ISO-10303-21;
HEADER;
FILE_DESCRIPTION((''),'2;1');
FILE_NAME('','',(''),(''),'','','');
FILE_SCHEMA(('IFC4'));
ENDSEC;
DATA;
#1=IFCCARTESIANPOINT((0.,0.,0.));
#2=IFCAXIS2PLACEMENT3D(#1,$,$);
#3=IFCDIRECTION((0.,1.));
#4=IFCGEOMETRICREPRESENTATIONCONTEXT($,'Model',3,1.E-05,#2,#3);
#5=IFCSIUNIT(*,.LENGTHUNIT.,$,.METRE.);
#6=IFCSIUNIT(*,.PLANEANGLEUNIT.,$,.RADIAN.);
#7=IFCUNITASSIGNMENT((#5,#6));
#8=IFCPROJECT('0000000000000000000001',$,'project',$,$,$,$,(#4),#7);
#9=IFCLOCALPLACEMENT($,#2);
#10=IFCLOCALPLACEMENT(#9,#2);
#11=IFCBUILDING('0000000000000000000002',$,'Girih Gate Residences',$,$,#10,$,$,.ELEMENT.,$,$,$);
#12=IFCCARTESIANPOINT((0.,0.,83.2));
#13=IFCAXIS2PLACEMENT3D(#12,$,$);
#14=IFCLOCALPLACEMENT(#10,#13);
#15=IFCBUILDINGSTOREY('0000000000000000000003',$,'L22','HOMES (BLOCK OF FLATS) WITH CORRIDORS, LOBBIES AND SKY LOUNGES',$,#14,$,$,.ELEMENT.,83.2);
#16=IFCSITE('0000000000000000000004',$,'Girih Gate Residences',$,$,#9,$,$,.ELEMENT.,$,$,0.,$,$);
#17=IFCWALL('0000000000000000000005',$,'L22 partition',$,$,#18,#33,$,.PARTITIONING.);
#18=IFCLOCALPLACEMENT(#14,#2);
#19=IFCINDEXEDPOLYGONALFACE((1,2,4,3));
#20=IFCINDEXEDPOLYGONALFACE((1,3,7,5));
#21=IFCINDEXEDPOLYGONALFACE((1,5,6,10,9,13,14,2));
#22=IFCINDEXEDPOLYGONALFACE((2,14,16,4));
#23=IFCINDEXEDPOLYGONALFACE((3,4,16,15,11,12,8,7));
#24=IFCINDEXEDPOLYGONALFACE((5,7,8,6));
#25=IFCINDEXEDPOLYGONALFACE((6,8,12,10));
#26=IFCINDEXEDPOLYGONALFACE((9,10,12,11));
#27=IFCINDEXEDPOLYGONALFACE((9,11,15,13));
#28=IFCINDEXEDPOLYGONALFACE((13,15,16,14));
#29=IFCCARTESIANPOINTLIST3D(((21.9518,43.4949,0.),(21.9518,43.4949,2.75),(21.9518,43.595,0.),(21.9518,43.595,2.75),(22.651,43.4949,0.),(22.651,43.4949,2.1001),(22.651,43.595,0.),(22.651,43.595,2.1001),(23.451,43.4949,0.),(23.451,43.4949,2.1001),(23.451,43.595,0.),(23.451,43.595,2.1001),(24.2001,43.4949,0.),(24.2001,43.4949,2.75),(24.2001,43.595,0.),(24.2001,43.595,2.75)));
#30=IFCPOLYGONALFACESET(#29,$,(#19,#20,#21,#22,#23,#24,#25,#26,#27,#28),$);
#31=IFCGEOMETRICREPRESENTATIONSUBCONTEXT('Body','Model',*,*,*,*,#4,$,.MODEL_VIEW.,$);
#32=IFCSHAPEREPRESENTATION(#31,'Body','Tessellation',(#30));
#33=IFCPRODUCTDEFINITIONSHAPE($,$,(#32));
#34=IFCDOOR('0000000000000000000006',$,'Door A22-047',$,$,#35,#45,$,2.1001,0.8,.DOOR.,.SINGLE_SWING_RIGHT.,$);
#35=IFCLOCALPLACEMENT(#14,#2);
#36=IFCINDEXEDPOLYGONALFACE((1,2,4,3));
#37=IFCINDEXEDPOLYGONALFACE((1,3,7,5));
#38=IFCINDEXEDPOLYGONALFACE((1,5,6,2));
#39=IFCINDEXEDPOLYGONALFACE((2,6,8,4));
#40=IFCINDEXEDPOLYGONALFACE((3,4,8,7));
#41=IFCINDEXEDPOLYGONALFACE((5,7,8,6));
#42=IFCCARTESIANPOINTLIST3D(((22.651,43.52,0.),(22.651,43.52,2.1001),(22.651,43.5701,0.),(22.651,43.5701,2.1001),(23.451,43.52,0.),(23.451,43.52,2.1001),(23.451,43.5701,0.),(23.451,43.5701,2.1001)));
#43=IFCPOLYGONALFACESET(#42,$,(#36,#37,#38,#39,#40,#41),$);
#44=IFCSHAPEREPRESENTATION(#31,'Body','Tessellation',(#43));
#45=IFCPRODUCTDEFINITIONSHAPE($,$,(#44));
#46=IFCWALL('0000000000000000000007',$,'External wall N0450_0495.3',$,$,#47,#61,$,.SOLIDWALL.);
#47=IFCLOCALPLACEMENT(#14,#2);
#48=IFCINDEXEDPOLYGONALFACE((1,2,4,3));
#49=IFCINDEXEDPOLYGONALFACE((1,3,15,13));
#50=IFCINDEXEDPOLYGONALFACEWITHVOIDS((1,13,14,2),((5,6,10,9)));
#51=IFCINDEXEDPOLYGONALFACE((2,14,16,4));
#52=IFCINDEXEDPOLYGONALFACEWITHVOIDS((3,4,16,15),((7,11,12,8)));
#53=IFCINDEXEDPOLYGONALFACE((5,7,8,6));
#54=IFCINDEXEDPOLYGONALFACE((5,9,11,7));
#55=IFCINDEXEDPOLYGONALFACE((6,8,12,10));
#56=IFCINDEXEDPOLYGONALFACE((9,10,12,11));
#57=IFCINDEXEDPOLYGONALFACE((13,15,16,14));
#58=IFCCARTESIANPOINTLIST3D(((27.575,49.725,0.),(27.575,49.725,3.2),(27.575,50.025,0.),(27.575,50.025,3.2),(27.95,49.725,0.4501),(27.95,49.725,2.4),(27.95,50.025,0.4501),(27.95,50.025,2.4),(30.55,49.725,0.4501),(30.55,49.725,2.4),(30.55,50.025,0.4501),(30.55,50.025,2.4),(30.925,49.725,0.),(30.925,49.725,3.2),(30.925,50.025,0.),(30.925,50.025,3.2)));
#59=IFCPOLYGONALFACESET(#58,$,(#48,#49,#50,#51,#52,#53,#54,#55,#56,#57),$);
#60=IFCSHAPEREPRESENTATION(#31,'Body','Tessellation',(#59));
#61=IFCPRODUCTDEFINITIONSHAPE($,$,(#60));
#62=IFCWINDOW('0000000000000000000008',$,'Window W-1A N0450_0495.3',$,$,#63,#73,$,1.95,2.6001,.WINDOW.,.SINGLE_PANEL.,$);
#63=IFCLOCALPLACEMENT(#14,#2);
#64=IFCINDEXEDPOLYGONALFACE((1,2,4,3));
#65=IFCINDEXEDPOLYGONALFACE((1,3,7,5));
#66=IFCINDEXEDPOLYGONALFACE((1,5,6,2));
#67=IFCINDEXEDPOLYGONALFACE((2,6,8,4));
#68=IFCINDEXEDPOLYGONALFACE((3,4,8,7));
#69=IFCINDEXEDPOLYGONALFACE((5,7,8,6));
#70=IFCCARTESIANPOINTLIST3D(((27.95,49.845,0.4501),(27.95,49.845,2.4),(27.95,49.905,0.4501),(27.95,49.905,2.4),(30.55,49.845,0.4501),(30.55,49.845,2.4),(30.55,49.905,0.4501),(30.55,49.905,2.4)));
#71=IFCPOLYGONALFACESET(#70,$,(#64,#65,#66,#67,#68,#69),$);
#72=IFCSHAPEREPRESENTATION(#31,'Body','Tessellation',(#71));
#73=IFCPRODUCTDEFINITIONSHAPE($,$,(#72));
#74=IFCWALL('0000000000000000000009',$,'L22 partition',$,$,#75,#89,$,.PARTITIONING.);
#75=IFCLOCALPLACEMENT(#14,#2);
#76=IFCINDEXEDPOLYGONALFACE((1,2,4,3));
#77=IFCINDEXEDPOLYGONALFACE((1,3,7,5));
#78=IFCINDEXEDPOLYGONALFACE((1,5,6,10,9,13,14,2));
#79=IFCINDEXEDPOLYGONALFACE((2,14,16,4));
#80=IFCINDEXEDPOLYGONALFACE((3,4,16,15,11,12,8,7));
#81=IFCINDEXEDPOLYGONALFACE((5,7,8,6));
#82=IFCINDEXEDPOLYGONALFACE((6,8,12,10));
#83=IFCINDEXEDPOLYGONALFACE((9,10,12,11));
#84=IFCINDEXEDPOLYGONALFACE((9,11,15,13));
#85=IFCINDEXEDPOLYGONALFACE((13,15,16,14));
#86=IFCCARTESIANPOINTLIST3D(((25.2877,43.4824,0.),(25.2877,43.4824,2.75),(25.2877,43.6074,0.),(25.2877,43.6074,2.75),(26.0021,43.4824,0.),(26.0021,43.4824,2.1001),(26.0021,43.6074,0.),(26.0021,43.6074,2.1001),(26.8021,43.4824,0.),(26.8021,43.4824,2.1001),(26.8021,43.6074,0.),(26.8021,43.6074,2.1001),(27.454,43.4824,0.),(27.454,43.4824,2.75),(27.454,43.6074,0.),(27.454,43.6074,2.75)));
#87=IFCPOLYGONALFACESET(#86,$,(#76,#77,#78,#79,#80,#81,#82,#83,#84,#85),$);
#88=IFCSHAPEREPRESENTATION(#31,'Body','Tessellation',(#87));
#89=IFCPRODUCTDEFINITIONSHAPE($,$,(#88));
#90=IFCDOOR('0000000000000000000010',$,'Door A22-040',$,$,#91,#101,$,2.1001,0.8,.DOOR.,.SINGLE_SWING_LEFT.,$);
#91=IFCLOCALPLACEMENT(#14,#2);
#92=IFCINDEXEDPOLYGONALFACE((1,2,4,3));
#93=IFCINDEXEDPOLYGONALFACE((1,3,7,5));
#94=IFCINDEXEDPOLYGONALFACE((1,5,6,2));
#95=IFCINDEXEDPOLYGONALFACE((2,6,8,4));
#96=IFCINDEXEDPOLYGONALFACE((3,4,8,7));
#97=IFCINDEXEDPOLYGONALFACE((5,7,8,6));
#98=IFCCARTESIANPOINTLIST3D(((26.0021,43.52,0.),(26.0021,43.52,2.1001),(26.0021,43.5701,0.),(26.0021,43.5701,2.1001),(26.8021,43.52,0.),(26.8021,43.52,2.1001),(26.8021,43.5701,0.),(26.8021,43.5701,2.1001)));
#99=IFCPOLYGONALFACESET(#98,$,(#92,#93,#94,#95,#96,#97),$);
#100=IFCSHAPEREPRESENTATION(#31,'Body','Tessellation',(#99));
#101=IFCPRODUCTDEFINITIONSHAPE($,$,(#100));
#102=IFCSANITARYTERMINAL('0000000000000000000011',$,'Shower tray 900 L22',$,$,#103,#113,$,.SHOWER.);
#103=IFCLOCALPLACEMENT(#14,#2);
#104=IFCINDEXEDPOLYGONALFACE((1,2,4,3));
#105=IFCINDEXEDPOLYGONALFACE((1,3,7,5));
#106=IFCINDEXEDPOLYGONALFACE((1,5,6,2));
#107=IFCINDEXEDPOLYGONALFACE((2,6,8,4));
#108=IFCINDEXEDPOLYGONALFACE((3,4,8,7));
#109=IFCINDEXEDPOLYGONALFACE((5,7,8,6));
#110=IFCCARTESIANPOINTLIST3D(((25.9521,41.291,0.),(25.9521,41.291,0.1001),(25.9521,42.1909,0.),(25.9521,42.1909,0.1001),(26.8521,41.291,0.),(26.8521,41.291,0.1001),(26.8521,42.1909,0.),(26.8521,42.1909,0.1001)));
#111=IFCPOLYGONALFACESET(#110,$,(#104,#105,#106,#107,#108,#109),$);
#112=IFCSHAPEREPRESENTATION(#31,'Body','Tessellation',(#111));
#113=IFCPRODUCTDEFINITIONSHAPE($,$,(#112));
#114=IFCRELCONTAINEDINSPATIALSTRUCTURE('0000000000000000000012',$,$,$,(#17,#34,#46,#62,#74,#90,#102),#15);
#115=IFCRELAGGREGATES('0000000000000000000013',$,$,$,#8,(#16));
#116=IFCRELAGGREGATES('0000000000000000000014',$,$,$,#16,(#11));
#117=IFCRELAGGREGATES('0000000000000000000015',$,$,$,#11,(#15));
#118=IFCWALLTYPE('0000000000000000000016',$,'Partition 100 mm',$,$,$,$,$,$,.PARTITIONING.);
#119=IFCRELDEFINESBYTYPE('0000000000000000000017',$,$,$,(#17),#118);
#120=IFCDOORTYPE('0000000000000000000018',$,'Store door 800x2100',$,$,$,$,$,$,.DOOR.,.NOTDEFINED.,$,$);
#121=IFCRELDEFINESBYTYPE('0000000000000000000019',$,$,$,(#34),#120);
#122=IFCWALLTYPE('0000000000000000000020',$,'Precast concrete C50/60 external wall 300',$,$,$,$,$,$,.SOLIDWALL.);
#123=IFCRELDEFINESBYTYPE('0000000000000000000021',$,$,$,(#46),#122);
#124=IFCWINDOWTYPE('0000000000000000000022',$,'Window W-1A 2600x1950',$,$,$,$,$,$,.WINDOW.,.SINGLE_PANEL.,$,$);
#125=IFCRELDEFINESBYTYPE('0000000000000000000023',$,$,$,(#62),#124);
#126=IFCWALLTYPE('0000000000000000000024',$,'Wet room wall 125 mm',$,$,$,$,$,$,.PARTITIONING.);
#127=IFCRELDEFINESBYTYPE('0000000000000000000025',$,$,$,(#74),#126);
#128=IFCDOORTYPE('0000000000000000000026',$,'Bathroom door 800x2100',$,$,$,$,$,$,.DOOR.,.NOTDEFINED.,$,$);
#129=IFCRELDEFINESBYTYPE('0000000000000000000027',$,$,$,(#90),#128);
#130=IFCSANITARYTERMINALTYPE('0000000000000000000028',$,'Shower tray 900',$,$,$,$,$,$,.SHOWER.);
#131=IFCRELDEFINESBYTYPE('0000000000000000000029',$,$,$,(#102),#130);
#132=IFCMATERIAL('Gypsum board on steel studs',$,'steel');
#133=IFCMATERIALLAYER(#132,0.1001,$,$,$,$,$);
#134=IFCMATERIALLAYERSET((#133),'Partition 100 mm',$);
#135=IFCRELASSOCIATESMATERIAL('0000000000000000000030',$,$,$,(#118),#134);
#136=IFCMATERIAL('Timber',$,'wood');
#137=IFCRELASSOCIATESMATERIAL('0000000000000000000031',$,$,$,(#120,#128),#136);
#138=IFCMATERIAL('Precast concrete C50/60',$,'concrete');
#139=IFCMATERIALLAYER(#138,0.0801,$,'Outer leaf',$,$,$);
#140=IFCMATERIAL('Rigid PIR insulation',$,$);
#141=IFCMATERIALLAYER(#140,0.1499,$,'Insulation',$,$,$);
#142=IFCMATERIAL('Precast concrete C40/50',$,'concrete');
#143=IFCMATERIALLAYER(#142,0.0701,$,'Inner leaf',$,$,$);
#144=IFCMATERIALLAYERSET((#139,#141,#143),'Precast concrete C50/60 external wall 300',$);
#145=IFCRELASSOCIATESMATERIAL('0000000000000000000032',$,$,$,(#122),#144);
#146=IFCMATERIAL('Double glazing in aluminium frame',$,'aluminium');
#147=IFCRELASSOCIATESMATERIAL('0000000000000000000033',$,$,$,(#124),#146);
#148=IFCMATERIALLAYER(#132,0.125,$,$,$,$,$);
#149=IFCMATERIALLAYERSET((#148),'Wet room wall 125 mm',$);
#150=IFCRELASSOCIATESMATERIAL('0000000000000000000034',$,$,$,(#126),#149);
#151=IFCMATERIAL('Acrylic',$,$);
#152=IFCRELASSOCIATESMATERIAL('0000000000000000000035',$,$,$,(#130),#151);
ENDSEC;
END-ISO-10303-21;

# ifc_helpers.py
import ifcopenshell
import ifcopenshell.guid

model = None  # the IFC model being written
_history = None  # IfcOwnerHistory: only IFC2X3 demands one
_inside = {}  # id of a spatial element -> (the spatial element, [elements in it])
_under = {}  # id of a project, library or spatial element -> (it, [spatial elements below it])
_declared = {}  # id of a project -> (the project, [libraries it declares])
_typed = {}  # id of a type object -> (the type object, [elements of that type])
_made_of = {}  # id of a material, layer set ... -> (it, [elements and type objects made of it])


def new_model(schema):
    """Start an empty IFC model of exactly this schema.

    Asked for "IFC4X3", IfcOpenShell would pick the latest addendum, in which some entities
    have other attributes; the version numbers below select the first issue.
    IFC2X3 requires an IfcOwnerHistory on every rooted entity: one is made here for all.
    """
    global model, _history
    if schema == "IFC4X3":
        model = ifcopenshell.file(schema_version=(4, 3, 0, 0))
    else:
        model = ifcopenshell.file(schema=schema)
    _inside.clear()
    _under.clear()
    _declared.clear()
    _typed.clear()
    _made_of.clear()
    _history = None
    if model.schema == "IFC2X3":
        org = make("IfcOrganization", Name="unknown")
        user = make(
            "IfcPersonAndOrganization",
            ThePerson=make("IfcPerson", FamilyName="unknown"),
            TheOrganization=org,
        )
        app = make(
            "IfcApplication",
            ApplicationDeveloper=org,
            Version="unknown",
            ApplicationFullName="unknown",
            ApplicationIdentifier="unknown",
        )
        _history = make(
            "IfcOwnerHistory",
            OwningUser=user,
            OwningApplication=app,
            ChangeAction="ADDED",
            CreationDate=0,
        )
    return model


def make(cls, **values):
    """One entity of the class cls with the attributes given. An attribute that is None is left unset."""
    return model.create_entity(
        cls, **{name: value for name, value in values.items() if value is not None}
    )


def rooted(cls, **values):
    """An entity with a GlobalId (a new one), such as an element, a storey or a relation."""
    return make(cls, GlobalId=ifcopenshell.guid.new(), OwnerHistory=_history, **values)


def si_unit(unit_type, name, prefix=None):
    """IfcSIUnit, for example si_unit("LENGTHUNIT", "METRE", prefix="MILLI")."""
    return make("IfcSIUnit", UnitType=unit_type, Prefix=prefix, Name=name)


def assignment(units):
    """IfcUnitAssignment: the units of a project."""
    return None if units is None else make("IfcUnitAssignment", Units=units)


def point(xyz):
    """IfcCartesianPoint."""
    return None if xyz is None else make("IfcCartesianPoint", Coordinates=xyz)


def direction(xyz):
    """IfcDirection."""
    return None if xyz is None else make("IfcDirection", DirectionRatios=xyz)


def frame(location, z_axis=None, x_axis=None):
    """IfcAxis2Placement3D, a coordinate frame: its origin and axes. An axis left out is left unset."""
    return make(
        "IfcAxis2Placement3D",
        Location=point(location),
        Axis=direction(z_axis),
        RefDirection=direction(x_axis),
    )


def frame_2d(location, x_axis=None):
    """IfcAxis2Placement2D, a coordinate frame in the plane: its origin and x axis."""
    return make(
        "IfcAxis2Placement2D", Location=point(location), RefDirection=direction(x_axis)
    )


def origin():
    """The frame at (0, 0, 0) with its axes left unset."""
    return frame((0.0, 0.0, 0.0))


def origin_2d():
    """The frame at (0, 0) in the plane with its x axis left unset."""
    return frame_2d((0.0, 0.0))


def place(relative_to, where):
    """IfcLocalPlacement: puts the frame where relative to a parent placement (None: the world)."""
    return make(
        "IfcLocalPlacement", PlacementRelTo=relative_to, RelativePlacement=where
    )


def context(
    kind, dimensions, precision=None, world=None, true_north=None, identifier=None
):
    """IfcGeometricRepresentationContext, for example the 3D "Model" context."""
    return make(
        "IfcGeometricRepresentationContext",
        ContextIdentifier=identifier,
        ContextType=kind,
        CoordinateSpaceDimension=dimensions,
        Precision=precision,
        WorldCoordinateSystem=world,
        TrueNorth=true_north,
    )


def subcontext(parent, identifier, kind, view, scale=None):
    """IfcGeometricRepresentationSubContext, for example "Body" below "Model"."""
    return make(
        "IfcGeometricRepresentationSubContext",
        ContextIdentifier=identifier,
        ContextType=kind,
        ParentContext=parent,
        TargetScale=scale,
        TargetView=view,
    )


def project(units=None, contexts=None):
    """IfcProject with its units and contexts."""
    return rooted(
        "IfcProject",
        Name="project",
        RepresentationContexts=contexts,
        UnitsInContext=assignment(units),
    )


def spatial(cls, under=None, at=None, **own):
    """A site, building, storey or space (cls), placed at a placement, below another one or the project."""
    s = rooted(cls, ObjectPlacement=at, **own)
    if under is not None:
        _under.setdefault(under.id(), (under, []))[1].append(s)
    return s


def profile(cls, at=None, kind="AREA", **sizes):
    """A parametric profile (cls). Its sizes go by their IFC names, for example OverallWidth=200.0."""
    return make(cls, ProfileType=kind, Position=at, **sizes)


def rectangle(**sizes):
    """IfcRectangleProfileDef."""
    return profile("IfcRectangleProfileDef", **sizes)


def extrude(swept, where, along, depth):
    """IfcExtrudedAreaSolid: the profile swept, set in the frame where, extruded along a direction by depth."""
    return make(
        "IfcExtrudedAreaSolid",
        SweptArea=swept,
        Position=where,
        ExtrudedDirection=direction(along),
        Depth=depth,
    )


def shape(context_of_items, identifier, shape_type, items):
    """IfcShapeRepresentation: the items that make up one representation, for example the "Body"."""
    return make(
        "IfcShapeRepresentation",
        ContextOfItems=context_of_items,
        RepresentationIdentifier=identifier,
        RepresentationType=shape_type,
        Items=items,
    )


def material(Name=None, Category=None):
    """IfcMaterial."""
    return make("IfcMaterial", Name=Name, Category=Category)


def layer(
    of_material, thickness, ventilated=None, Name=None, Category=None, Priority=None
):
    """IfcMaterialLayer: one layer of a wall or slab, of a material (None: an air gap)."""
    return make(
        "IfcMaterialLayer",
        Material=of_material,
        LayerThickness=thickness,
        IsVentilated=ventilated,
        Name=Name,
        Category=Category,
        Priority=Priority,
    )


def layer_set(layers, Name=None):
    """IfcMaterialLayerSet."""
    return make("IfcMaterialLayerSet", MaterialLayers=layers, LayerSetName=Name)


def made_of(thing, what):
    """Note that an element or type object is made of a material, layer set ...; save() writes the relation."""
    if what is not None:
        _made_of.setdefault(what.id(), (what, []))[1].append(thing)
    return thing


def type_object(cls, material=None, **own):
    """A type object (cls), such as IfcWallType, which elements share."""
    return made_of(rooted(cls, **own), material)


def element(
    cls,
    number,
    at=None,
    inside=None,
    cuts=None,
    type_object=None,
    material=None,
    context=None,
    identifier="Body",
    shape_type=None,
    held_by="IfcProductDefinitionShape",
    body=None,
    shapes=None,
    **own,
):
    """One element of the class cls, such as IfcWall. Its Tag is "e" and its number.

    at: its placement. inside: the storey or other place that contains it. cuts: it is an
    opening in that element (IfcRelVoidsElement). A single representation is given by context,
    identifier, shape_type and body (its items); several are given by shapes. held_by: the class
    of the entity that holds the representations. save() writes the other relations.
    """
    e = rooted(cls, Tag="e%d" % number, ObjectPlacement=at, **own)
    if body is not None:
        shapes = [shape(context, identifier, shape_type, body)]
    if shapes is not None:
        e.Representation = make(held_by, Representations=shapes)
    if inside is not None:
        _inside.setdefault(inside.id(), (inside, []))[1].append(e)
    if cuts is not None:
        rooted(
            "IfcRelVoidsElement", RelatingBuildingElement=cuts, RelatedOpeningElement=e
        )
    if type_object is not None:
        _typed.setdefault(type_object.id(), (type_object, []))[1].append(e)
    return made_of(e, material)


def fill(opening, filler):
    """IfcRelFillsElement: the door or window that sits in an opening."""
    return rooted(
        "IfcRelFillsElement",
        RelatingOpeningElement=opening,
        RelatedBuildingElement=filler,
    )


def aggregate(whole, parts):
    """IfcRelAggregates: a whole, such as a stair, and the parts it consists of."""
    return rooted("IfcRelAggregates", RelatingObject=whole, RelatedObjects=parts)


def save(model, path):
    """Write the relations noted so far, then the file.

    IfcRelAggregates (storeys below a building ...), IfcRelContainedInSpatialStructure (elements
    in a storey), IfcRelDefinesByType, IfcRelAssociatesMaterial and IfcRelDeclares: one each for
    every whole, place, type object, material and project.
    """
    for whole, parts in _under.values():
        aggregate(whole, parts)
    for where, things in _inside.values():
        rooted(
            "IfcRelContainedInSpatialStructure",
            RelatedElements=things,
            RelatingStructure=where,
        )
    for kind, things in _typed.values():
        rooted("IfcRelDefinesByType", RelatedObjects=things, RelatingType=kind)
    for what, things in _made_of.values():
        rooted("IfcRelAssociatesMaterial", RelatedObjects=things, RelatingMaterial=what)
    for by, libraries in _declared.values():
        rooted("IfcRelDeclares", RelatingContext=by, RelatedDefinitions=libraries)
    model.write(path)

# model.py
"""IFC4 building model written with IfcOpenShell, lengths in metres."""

from ifc_helpers import new_model, si_unit, direction, frame, frame_2d, origin, origin_2d, place, context, subcontext, project, spatial, rectangle, extrude, material, layer, layer_set, type_object, element, fill, save


model = new_model("IFC4")

# Units and contexts
model_context = context("Model", 3, precision=1e-05, world=origin(), true_north=direction((0.0, 1.0)))
body_context = subcontext(model_context, "Body", "Model", "MODEL_VIEW")
ifc_project = project(units=[si_unit("LENGTHUNIT", "METRE"), si_unit("PLANEANGLEUNIT", "RADIAN")], contexts=[model_context])

# Site, building, storey
site_placement = place(None, origin())
site = spatial("IfcSite", under=ifc_project, at=site_placement, Name="Girih Gate Residences", CompositionType="ELEMENT", RefElevation=0.0)
building_placement = place(site_placement, origin())
building = spatial("IfcBuilding", under=site, at=building_placement, Name="Girih Gate Residences", CompositionType="ELEMENT")
storey_placement = place(building_placement, frame((0.0, 0.0, 83.2)))
storey = spatial("IfcBuildingStorey", under=building, at=storey_placement, Name="L22", Description="HOMES (BLOCK OF FLATS) WITH CORRIDORS, LOBBIES AND SKY LOUNGES", CompositionType="ELEMENT", Elevation=83.2)

# Shared definitions
ifc_material_1 = material(Name="Gypsum board on steel studs", Category="steel")
ifc_layer_1 = layer(ifc_material_1, 0.1001)
ifc_layer_set_1 = layer_set([ifc_layer_1], Name="Partition 100 mm")
wall_type_1 = type_object("IfcWallType", Name="Partition 100 mm", PredefinedType="PARTITIONING", material=ifc_layer_set_1)

# Wall, opening, door
ifc_material_2 = material(Name="Timber", Category="wood")
door_type_1 = type_object("IfcDoorType", Name="Store door 800x2100", OperationType="NOTDEFINED", PredefinedType="DOOR", material=ifc_material_2)
wall_1_placement = place(storey_placement, frame((24.2, 43.5449, 0.0), z_axis=(0.0, 0.0, 1.0), x_axis=(-1.0, 0.0, 0.0)))
wall_1 = element("IfcWall", 1, at=wall_1_placement, inside=storey, type_object=wall_type_1, Name="L22 partition", PredefinedType="PARTITIONING", context=body_context, shape_type="SweptSolid", body=[
    extrude(rectangle(XDim=2.2483, YDim=0.1001, at=frame_2d((1.124, 0.0))), origin(), (0.0, 0.0, 1.0), 2.75),
])
opening_1_placement = place(wall_1_placement, frame((0.749, 0.0, 0.0)))
opening_1 = element("IfcOpeningElement", 2, at=opening_1_placement, cuts=wall_1, PredefinedType="OPENING", context=body_context, shape_type="SweptSolid", body=[
    extrude(rectangle(XDim=0.8, YDim=2.1001, at=frame_2d((0.3999, 1.05))), frame((0.0, 0.0601, 0.0), z_axis=(0.0, -1.0, 0.0), x_axis=(1.0, 0.0, 0.0)), (0.0, 0.0, 1.0), 0.1201),
])
door_1_placement = place(opening_1_placement, origin())
door_1 = element("IfcDoor", 3, at=door_1_placement, inside=storey, type_object=door_type_1, Name="Door A22-047", OperationType="SINGLE_SWING_RIGHT", OverallHeight=2.1001, OverallWidth=0.8, PredefinedType="DOOR", context=body_context, shape_type="SweptSolid", body=[
    extrude(rectangle(XDim=0.8, YDim=2.1001, at=frame_2d((0.3999, 1.05))), frame((0.0, 0.0249, 0.0), z_axis=(0.0, -1.0, 0.0), x_axis=(1.0, 0.0, 0.0)), (0.0, 0.0, 1.0), 0.05),
])
fill(opening_1, door_1)

# Wall, opening, window
ifc_material_3 = material(Name="Precast concrete C50/60", Category="concrete")
ifc_layer_2 = layer(ifc_material_3, 0.0801, Name="Outer leaf")
ifc_material_4 = material(Name="Rigid PIR insulation")
ifc_layer_3 = layer(ifc_material_4, 0.1499, Name="Insulation")
ifc_material_5 = material(Name="Precast concrete C40/50", Category="concrete")
ifc_layer_4 = layer(ifc_material_5, 0.0701, Name="Inner leaf")
ifc_layer_set_2 = layer_set([ifc_layer_2, ifc_layer_3, ifc_layer_4], Name="Precast concrete C50/60 external wall 300")
wall_type_2 = type_object("IfcWallType", Name="Precast concrete C50/60 external wall 300", PredefinedType="SOLIDWALL", material=ifc_layer_set_2)
wall_2_placement = place(storey_placement, frame((27.575, 49.875, 0.0), z_axis=(0.0, 0.0, 1.0), x_axis=(1.0, 0.0, 0.0)))
wall_2 = element("IfcWall", 4, at=wall_2_placement, inside=storey, type_object=wall_type_2, Name="External wall N0450_0495.3", PredefinedType="SOLIDWALL", context=body_context, shape_type="SweptSolid", body=[
    extrude(rectangle(XDim=3.3501, YDim=0.3, at=frame_2d((1.675, 0.0))), origin(), (0.0, 0.0, 1.0), 3.2),
])
opening_2_placement = place(wall_2_placement, frame((0.375, 0.0, 0.45)))
opening_2 = element("IfcOpeningElement", 5, at=opening_2_placement, cuts=wall_2, PredefinedType="OPENING", context=body_context, shape_type="SweptSolid", body=[
    extrude(rectangle(XDim=2.6001, YDim=1.95, at=frame_2d((1.3, 0.9751))), frame((0.0, 0.1599, 0.0), z_axis=(0.0, -1.0, 0.0), x_axis=(1.0, 0.0, 0.0)), (0.0, 0.0, 1.0), 0.3201),
])
ifc_material_6 = material(Name="Double glazing in aluminium frame", Category="aluminium")
window_type = type_object("IfcWindowType", Name="Window W-1A 2600x1950", PartitioningType="SINGLE_PANEL", PredefinedType="WINDOW", material=ifc_material_6)
window_placement = place(opening_2_placement, origin())
window = element("IfcWindow", 6, at=window_placement, inside=storey, type_object=window_type, Name="Window W-1A N0450_0495.3", OverallHeight=1.95, OverallWidth=2.6001, PartitioningType="SINGLE_PANEL", PredefinedType="WINDOW", context=body_context, shape_type="SweptSolid", body=[
    extrude(rectangle(XDim=2.6001, YDim=1.95, at=frame_2d((1.3, 0.9751))), frame((0.0, 0.03, 0.0), z_axis=(0.0, -1.0, 0.0), x_axis=(1.0, 0.0, 0.0)), (0.0, 0.0, 1.0), 0.0601),
])
fill(opening_2, window)

# Wall, opening, door
ifc_layer_5 = layer(ifc_material_1, 0.125)
ifc_layer_set_3 = layer_set([ifc_layer_5], Name="Wet room wall 125 mm")
wall_type_3 = type_object("IfcWallType", Name="Wet room wall 125 mm", PredefinedType="PARTITIONING", material=ifc_layer_set_3)
wall_3_placement = place(storey_placement, frame((27.4539, 43.5449, 0.0), z_axis=(0.0, 0.0, 1.0), x_axis=(-1.0, 0.0, 0.0)))
wall_3 = element("IfcWall", 7, at=wall_3_placement, inside=storey, type_object=wall_type_3, Name="L22 partition", PredefinedType="PARTITIONING", context=body_context, shape_type="SweptSolid", body=[
    extrude(rectangle(XDim=2.1663, YDim=0.125, at=frame_2d((1.083, 0.0))), origin(), (0.0, 0.0, 1.0), 2.75),
])
opening_3_placement = place(wall_3_placement, frame((0.6519, 0.0, 0.0)))
opening_3 = element("IfcOpeningElement", 8, at=opening_3_placement, cuts=wall_3, PredefinedType="OPENING", context=body_context, shape_type="SweptSolid", body=[
    extrude(rectangle(XDim=0.8, YDim=2.1001, at=frame_2d((0.3999, 1.05))), frame((0.0, 0.0725, 0.0), z_axis=(0.0, -1.0, 0.0), x_axis=(1.0, 0.0, 0.0)), (0.0, 0.0, 1.0), 0.145),
])
door_type_2 = type_object("IfcDoorType", Name="Bathroom door 800x2100", OperationType="NOTDEFINED", PredefinedType="DOOR", material=ifc_material_2)
door_2_placement = place(opening_3_placement, origin())
door_2 = element("IfcDoor", 9, at=door_2_placement, inside=storey, type_object=door_type_2, Name="Door A22-040", OperationType="SINGLE_SWING_LEFT", OverallHeight=2.1001, OverallWidth=0.8, PredefinedType="DOOR", context=body_context, shape_type="SweptSolid", body=[
    extrude(rectangle(XDim=0.8, YDim=2.1001, at=frame_2d((0.3999, 1.05))), frame((0.0, 0.0249, 0.0), z_axis=(0.0, -1.0, 0.0), x_axis=(1.0, 0.0, 0.0)), (0.0, 0.0, 1.0), 0.05),
])
fill(opening_3, door_2)

# Sanitary terminal
ifc_material_7 = material(Name="Acrylic")
sanitary_terminal_type = type_object("IfcSanitaryTerminalType", Name="Shower tray 900", PredefinedType="SHOWER", material=ifc_material_7)
sanitary_terminal_placement = place(storey_placement, frame((26.4021, 41.741, 0.0), z_axis=(0.0, 0.0, 1.0), x_axis=(1.0, 0.0, 0.0)))
element("IfcSanitaryTerminal", 10, at=sanitary_terminal_placement, inside=storey, type_object=sanitary_terminal_type, Name="Shower tray 900 L22", PredefinedType="SHOWER", context=body_context, shape_type="SweptSolid", body=[
    extrude(rectangle(XDim=0.8999, YDim=0.8999, at=origin_2d()), origin(), (0.0, 0.0, 1.0), 0.1001),
])

save(model, "model.ifc")
